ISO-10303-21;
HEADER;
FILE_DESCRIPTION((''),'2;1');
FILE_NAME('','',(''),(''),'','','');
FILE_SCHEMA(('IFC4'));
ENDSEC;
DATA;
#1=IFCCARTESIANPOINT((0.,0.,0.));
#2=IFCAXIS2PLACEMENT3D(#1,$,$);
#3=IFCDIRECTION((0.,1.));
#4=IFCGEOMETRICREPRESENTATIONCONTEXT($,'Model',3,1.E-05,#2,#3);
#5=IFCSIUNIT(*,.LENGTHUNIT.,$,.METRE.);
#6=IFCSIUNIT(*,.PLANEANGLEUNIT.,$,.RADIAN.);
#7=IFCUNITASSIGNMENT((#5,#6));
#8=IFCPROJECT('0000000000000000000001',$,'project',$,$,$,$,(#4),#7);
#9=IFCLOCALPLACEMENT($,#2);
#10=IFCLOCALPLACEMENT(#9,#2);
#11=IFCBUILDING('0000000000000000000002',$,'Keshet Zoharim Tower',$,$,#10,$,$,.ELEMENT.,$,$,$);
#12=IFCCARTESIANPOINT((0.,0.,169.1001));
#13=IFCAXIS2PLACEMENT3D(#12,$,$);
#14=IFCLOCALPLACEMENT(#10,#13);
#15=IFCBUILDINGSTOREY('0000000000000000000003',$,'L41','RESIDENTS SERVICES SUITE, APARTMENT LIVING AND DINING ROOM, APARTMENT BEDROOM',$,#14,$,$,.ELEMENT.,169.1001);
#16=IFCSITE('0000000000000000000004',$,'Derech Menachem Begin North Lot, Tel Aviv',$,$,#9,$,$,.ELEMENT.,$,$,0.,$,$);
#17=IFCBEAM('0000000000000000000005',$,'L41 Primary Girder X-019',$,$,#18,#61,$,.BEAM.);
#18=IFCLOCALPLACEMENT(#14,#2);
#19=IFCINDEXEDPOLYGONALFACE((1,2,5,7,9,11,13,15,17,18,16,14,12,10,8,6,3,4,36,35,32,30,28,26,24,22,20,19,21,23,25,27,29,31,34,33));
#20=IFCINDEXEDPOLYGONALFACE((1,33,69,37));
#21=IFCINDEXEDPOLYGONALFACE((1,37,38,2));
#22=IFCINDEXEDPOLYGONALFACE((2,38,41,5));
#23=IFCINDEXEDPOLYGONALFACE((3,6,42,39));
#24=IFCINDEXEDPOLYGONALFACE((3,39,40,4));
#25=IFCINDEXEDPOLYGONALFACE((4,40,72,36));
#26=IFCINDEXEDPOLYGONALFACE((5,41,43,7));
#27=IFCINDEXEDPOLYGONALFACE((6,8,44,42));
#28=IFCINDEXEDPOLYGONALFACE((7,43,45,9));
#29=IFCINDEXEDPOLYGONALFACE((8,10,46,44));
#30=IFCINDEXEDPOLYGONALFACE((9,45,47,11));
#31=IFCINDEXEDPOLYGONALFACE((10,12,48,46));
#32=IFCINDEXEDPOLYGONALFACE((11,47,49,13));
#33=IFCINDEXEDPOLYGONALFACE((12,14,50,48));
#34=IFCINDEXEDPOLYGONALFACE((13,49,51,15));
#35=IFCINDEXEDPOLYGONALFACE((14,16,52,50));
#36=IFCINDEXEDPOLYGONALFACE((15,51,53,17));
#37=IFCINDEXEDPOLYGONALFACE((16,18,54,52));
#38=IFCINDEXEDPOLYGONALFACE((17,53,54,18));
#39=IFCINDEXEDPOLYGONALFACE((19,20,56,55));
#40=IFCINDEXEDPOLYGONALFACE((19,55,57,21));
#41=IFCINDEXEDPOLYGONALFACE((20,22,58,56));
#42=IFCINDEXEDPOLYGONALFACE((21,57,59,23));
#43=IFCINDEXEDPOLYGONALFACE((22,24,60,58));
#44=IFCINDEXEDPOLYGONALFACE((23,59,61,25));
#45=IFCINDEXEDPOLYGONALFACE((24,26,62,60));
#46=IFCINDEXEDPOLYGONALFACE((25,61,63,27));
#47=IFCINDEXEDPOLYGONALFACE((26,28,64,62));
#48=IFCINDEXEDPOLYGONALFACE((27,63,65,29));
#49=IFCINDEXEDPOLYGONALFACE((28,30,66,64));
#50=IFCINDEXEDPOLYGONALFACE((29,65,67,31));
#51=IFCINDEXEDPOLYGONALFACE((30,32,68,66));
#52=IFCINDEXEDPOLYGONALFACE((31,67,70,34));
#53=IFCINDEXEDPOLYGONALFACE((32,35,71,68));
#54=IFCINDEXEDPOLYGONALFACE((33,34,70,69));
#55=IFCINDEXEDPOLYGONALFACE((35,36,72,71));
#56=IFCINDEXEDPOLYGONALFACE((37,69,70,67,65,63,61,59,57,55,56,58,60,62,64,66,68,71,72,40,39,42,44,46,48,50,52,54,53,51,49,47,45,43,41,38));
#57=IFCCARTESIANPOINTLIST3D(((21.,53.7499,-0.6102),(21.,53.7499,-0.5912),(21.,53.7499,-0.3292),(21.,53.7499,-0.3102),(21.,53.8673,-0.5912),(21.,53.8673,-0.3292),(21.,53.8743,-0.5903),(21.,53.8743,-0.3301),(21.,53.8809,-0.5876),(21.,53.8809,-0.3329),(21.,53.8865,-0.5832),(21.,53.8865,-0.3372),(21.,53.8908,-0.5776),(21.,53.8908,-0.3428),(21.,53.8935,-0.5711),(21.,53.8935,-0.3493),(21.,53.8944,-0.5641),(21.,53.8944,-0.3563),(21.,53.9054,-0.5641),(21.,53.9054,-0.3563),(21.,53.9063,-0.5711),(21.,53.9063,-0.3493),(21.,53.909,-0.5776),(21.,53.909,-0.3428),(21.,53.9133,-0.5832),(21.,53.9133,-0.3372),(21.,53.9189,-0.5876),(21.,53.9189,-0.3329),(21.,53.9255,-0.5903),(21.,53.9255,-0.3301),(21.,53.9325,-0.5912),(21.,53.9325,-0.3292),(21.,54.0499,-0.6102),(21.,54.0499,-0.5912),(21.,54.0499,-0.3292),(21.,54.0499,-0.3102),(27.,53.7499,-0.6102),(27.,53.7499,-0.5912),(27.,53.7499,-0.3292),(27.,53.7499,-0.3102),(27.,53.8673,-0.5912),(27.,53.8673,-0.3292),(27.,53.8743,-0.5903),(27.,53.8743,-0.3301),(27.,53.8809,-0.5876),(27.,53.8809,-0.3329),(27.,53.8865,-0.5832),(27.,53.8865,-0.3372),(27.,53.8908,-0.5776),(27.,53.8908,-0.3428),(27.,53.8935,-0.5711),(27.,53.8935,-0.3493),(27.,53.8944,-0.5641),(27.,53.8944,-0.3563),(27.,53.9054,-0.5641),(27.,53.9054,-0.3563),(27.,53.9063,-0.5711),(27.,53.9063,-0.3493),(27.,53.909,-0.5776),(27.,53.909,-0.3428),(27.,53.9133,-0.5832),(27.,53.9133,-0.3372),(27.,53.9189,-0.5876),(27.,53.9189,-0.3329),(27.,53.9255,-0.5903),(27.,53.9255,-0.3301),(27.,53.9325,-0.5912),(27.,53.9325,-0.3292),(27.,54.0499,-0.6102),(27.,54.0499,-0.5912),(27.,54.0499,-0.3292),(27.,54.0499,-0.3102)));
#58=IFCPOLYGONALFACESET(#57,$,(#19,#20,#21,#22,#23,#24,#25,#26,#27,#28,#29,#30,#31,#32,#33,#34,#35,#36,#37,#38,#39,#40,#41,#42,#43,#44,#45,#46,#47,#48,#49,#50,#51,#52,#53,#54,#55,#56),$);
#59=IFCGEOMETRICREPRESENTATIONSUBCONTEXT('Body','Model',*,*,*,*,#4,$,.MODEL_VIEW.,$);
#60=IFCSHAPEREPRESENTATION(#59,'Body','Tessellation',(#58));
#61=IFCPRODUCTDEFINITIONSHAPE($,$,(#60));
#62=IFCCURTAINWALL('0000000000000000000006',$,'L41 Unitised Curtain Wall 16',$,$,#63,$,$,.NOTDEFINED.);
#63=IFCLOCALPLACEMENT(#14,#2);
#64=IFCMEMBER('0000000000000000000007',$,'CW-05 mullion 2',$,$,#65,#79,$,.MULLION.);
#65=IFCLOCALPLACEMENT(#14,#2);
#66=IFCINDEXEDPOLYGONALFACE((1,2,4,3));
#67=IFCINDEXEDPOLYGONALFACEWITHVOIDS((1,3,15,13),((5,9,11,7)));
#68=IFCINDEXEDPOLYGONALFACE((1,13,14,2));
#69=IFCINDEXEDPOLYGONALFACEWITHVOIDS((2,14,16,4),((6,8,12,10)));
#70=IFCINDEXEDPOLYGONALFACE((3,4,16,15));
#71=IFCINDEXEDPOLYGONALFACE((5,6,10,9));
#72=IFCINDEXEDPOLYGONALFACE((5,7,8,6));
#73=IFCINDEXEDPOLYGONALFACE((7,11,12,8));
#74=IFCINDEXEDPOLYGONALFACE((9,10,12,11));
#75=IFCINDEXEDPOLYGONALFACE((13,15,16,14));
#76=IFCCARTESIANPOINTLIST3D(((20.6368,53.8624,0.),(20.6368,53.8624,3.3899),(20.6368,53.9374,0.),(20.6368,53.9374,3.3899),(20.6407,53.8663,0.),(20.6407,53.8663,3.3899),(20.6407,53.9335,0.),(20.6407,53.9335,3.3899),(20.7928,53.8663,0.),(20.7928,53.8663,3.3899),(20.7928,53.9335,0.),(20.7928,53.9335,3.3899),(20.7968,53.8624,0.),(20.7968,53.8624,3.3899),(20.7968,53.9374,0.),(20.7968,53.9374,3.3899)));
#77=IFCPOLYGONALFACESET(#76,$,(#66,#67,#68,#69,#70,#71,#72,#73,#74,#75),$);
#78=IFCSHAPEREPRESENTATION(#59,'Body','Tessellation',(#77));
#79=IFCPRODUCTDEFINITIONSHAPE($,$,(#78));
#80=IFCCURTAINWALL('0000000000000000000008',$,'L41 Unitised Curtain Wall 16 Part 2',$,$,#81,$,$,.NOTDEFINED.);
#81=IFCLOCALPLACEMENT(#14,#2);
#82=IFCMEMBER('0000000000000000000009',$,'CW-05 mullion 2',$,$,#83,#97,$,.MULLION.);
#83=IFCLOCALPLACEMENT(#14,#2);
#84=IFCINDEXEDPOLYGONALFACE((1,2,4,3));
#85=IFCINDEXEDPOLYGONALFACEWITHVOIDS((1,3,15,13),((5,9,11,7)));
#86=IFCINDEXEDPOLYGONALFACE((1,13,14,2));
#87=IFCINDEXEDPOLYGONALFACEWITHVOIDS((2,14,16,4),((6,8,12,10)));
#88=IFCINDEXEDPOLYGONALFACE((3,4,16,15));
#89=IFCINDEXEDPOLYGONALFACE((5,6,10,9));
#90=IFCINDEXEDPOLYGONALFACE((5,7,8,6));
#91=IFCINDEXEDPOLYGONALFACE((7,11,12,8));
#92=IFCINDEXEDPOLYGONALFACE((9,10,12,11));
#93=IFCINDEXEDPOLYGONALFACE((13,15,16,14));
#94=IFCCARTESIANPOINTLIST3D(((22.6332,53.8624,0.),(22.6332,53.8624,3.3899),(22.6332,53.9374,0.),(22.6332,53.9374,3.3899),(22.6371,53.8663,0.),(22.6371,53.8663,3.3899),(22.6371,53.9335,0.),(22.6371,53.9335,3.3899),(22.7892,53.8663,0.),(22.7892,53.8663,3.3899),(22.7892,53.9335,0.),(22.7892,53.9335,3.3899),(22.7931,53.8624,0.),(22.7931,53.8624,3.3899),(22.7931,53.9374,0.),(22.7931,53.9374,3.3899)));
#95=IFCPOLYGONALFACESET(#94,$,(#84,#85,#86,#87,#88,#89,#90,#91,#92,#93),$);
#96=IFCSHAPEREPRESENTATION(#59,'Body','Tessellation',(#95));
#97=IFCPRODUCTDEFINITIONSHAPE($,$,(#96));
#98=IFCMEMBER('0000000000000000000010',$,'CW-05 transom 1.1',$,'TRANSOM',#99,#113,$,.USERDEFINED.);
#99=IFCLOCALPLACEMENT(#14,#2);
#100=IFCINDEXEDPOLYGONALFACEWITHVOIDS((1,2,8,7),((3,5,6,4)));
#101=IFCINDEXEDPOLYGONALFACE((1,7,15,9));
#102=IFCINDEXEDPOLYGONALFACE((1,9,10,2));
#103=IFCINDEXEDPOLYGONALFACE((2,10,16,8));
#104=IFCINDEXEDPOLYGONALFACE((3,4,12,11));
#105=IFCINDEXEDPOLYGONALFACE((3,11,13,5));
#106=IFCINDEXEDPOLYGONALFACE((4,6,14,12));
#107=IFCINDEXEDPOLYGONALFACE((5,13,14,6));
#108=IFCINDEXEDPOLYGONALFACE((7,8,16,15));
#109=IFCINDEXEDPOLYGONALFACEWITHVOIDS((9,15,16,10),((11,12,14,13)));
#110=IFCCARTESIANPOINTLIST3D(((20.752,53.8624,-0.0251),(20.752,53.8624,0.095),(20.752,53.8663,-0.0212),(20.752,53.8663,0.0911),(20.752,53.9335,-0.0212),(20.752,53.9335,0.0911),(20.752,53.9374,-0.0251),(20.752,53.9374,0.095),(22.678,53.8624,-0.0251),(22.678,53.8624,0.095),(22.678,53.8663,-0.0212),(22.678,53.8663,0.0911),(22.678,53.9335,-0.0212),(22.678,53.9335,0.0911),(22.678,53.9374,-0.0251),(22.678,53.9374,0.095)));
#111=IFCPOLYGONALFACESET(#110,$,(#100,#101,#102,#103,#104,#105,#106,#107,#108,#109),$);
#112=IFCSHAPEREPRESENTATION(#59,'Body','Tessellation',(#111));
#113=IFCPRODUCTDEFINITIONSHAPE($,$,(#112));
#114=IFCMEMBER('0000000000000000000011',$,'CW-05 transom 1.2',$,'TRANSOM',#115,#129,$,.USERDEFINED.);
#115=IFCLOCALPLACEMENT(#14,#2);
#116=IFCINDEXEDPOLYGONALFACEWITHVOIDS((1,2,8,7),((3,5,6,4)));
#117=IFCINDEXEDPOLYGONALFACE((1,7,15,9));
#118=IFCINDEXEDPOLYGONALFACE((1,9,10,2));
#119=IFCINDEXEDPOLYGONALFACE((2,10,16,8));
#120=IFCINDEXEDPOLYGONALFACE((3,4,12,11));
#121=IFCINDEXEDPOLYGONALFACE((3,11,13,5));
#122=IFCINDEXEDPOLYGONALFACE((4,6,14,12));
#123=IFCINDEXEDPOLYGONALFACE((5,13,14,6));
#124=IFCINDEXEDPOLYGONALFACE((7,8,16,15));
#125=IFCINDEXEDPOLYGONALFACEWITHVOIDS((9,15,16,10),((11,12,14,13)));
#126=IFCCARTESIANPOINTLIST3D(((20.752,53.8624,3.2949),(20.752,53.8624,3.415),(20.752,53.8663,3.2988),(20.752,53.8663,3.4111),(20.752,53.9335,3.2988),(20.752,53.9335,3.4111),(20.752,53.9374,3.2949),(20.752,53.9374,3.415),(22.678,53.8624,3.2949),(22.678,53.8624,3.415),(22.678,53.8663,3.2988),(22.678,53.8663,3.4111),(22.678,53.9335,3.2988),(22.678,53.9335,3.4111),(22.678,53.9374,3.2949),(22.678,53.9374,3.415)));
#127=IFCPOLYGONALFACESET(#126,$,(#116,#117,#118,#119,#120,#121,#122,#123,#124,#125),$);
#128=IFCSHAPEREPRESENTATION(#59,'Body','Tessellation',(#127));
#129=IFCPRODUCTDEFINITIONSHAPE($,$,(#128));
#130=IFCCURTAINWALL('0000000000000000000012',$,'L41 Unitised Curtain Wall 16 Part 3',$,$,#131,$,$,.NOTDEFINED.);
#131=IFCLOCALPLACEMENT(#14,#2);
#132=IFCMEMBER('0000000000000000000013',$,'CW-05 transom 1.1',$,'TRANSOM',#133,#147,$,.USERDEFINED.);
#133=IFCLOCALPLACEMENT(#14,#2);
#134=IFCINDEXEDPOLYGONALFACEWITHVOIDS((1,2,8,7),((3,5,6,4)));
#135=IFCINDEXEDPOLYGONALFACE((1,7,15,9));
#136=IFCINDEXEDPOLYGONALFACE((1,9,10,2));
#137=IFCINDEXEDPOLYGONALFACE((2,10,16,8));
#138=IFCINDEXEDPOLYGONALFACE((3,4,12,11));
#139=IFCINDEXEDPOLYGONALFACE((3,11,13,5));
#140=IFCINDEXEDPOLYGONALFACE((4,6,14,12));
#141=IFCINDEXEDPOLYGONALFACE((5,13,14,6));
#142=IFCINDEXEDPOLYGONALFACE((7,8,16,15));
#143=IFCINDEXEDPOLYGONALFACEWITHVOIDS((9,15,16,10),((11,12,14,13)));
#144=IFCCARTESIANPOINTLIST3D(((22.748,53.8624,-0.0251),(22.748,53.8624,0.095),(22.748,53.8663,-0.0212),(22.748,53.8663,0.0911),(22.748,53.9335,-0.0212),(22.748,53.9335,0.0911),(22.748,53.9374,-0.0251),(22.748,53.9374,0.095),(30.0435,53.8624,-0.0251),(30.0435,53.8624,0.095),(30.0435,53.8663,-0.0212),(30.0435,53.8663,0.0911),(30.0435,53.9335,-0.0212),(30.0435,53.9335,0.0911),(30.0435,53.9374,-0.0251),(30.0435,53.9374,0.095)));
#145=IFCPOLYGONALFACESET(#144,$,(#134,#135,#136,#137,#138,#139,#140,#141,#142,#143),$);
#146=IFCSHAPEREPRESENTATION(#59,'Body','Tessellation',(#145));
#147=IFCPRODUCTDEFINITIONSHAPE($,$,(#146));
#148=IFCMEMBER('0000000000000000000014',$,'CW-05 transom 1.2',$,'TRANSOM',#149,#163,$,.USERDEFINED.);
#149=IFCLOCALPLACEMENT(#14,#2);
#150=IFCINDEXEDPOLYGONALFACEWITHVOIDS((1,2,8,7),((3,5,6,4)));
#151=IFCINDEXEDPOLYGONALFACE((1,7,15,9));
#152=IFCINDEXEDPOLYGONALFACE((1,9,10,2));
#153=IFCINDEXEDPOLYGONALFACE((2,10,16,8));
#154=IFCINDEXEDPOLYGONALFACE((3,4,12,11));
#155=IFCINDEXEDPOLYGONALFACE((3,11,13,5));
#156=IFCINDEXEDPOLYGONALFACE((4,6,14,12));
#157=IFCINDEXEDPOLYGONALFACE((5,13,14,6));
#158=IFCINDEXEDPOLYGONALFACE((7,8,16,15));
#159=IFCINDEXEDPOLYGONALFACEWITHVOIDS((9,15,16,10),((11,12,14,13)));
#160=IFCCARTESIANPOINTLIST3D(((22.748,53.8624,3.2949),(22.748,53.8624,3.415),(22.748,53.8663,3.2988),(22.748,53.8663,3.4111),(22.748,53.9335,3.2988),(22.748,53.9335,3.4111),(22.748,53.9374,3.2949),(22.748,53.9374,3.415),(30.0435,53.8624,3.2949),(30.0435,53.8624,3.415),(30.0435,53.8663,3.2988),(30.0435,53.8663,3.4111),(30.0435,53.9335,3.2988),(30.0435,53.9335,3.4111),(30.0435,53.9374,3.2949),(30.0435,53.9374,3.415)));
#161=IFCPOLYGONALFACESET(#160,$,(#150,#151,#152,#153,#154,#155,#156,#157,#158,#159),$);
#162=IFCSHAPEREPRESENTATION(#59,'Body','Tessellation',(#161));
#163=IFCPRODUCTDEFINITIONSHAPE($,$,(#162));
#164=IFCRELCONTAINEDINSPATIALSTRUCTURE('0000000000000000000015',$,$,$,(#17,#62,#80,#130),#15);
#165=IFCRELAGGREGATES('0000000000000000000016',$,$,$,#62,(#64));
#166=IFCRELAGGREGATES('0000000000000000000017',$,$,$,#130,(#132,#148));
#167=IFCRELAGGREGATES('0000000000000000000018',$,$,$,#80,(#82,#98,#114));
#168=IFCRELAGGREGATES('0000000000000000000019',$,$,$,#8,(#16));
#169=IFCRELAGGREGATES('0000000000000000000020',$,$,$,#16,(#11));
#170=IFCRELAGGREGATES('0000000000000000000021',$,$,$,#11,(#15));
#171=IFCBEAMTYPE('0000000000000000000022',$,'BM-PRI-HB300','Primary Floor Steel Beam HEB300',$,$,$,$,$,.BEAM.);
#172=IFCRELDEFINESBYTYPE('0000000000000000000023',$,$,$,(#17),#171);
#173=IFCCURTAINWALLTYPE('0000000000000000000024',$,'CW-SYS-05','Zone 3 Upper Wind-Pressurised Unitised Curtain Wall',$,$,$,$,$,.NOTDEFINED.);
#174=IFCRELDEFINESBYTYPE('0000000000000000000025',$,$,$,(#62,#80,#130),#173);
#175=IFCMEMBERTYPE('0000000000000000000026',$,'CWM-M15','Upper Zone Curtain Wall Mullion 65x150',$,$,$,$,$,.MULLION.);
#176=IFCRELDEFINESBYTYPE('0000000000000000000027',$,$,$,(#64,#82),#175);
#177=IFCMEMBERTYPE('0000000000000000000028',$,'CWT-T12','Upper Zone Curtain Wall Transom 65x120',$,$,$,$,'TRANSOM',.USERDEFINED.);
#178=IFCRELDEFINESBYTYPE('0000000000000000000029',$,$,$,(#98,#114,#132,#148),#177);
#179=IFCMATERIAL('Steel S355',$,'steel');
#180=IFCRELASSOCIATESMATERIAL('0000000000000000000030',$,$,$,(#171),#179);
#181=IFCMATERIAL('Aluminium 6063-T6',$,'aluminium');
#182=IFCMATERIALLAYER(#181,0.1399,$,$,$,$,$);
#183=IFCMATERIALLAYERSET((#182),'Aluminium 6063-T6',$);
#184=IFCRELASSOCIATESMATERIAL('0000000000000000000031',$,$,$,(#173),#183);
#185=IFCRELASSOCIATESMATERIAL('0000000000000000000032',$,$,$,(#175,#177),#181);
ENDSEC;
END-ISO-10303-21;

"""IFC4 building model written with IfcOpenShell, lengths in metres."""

from ifc_helpers import new_model, si_unit, direction, frame, origin, origin_2d, place, context, subcontext, project, spatial, hollow_rectangle, i_section, extrude, material, layer, layer_set, material_profile, profile_set, type_object, element, aggregate, save


model = new_model("IFC4")

# Units and contexts
model_context = context("Model", 3, precision=1e-05, world=origin(), true_north=direction((0.0, 1.0)))
body_context = subcontext(model_context, "Body", "Model", "MODEL_VIEW")
ifc_project = project(units=[si_unit("LENGTHUNIT", "METRE"), si_unit("PLANEANGLEUNIT", "RADIAN")], contexts=[model_context])

# Site, building, storey
site_placement = place(None, origin())
site = spatial("IfcSite", under=ifc_project, at=site_placement, Name="Derech Menachem Begin North Lot, Tel Aviv", CompositionType="ELEMENT", RefElevation=0.0)
building_placement = place(site_placement, origin())
building = spatial("IfcBuilding", under=site, at=building_placement, Name="Keshet Zoharim Tower", CompositionType="ELEMENT")
storey_placement = place(building_placement, frame((0.0, 0.0, 169.1001)))
storey = spatial("IfcBuildingStorey", under=building, at=storey_placement, Name="L41", Description="RESIDENTS SERVICES SUITE, APARTMENT LIVING AND DINING ROOM, APARTMENT BEDROOM", CompositionType="ELEMENT", Elevation=169.1001)

# Shared definitions
ifc_material_1 = material(Name="Steel S355", Category="steel")

# Beam
ifc_material_profile_1 = material_profile(ifc_material_1, i_section(OverallWidth=0.3, OverallDepth=0.3, WebThickness=0.011, FlangeThickness=0.019, FilletRadius=0.0271, at=origin_2d()), Name="HEB300")
ifc_profile_set_1 = profile_set([ifc_material_profile_1], Name="Steel S355")
beam_type_1 = type_object("IfcBeamType", Name="BM-PRI-HB300", Description="Primary Floor Steel Beam HEB300", PredefinedType="BEAM", material=ifc_profile_set_1)
beam_1_placement = place(storey_placement, frame((21.0, 53.8999, -0.4602), z_axis=(1.0, 0.0, 0.0), x_axis=(0.0, 1.0, 0.0)))
element("IfcBeam", 1, at=beam_1_placement, inside=storey, type_object=beam_type_1, Name="L41 Primary Girder X-019", PredefinedType="BEAM", context=body_context, shape_type="SweptSolid", body=[
    extrude(i_section(OverallWidth=0.3, OverallDepth=0.3, WebThickness=0.011, FlangeThickness=0.019, FilletRadius=0.0271, at=origin_2d()), origin(), (0.0, 0.0, 1.0), 6.0),
])

# Curtain wall, member
ifc_material_2 = material(Name="Aluminium 6063-T6", Category="aluminium")
ifc_layer_1 = layer(ifc_material_2, 0.1399)
ifc_layer_set_1 = layer_set([ifc_layer_1], Name="Aluminium 6063-T6")
curtain_wall_type = type_object("IfcCurtainWallType", Name="CW-SYS-05", Description="Zone 3 Upper Wind-Pressurised Unitised Curtain Wall", PredefinedType="NOTDEFINED", material=ifc_layer_set_1)
curtain_wall_1_placement = place(storey_placement, origin())
curtain_wall_1 = element("IfcCurtainWall", 2, at=curtain_wall_1_placement, inside=storey, type_object=curtain_wall_type, Name="L41 Unitised Curtain Wall 16", PredefinedType="NOTDEFINED")
ifc_material_profile_2 = material_profile(ifc_material_2, hollow_rectangle(XDim=0.075, YDim=0.1599, WallThickness=0.0039, at=origin_2d()), Name="MUL-75x160")
ifc_profile_set_2 = profile_set([ifc_material_profile_2], Name="Aluminium 6063-T6")
member_type_1 = type_object("IfcMemberType", Name="CWM-M15", Description="Upper Zone Curtain Wall Mullion 65x150", PredefinedType="MULLION", material=ifc_profile_set_2)
member_1_placement = place(storey_placement, frame((20.7168, 53.8999, 0.0), z_axis=(0.0, 0.0, 1.0), x_axis=(0.0, 1.0, 0.0)))
member_1 = element("IfcMember", 3, at=member_1_placement, type_object=member_type_1, Name="CW-05 mullion 2", PredefinedType="MULLION", context=body_context, shape_type="SweptSolid", body=[
    extrude(hollow_rectangle(XDim=0.075, YDim=0.1599, WallThickness=0.0039, at=origin_2d()), origin(), (0.0, 0.0, 1.0), 3.3899),
])

# Curtain walls, members
curtain_wall_2_placement = place(storey_placement, origin())
curtain_wall_2 = element("IfcCurtainWall", 4, at=curtain_wall_2_placement, inside=storey, type_object=curtain_wall_type, Name="L41 Unitised Curtain Wall 16 Part 2", PredefinedType="NOTDEFINED")
member_2_placement = place(storey_placement, frame((22.7131, 53.8999, 0.0), z_axis=(0.0, 0.0, 1.0), x_axis=(0.0, 1.0, 0.0)))
member_2 = element("IfcMember", 5, at=member_2_placement, type_object=member_type_1, Name="CW-05 mullion 2", PredefinedType="MULLION", context=body_context, shape_type="SweptSolid", body=[
    extrude(hollow_rectangle(XDim=0.075, YDim=0.1599, WallThickness=0.0039, at=origin_2d()), origin(), (0.0, 0.0, 1.0), 3.3899),
])
ifc_material_profile_3 = material_profile(ifc_material_2, hollow_rectangle(XDim=0.075, YDim=0.1201, WallThickness=0.0039, at=origin_2d()), Name="TRN-75x120")
ifc_profile_set_3 = profile_set([ifc_material_profile_3], Name="Aluminium 6063-T6")
member_type_2 = type_object("IfcMemberType", Name="CWT-T12", Description="Upper Zone Curtain Wall Transom 65x120", ElementType="TRANSOM", PredefinedType="USERDEFINED", material=ifc_profile_set_3)
member_3_placement = place(storey_placement, frame((20.752, 53.8999, 0.0349), z_axis=(1.0, 0.0, 0.0), x_axis=(0.0, 1.0, 0.0)))
member_3 = element("IfcMember", 6, at=member_3_placement, type_object=member_type_2, Name="CW-05 transom 1.1", ObjectType="TRANSOM", PredefinedType="USERDEFINED", context=body_context, shape_type="SweptSolid", body=[
    extrude(hollow_rectangle(XDim=0.075, YDim=0.1201, WallThickness=0.0039, at=origin_2d()), origin(), (0.0, 0.0, 1.0), 1.926),
])
member_4_placement = place(storey_placement, frame((20.752, 53.8999, 3.355), z_axis=(1.0, 0.0, 0.0), x_axis=(0.0, 1.0, 0.0)))
member_4 = element("IfcMember", 7, at=member_4_placement, type_object=member_type_2, Name="CW-05 transom 1.2", ObjectType="TRANSOM", PredefinedType="USERDEFINED", context=body_context, shape_type="SweptSolid", body=[
    extrude(hollow_rectangle(XDim=0.075, YDim=0.1201, WallThickness=0.0039, at=origin_2d()), origin(), (0.0, 0.0, 1.0), 1.926),
])
curtain_wall_3_placement = place(storey_placement, origin())
curtain_wall_3 = element("IfcCurtainWall", 8, at=curtain_wall_3_placement, inside=storey, type_object=curtain_wall_type, Name="L41 Unitised Curtain Wall 16 Part 3", PredefinedType="NOTDEFINED")
member_5_placement = place(storey_placement, frame((22.748, 53.8999, 0.0349), z_axis=(1.0, 0.0, 0.0), x_axis=(0.0, 1.0, 0.0)))
member_5 = element("IfcMember", 9, at=member_5_placement, type_object=member_type_2, Name="CW-05 transom 1.1", ObjectType="TRANSOM", PredefinedType="USERDEFINED", context=body_context, shape_type="SweptSolid", body=[
    extrude(hollow_rectangle(XDim=0.075, YDim=0.1201, WallThickness=0.0039, at=origin_2d()), origin(), (0.0, 0.0, 1.0), 7.2954),
])
member_6_placement = place(storey_placement, frame((22.748, 53.8999, 3.355), z_axis=(1.0, 0.0, 0.0), x_axis=(0.0, 1.0, 0.0)))
member_6 = element("IfcMember", 10, at=member_6_placement, type_object=member_type_2, Name="CW-05 transom 1.2", ObjectType="TRANSOM", PredefinedType="USERDEFINED", context=body_context, shape_type="SweptSolid", body=[
    extrude(hollow_rectangle(XDim=0.075, YDim=0.1201, WallThickness=0.0039, at=origin_2d()), origin(), (0.0, 0.0, 1.0), 7.2954),
])

aggregate(curtain_wall_1, [member_1])
aggregate(curtain_wall_3, [member_5, member_6])
aggregate(curtain_wall_2, [member_2, member_3, member_4])

save(model, "model.ifc")
